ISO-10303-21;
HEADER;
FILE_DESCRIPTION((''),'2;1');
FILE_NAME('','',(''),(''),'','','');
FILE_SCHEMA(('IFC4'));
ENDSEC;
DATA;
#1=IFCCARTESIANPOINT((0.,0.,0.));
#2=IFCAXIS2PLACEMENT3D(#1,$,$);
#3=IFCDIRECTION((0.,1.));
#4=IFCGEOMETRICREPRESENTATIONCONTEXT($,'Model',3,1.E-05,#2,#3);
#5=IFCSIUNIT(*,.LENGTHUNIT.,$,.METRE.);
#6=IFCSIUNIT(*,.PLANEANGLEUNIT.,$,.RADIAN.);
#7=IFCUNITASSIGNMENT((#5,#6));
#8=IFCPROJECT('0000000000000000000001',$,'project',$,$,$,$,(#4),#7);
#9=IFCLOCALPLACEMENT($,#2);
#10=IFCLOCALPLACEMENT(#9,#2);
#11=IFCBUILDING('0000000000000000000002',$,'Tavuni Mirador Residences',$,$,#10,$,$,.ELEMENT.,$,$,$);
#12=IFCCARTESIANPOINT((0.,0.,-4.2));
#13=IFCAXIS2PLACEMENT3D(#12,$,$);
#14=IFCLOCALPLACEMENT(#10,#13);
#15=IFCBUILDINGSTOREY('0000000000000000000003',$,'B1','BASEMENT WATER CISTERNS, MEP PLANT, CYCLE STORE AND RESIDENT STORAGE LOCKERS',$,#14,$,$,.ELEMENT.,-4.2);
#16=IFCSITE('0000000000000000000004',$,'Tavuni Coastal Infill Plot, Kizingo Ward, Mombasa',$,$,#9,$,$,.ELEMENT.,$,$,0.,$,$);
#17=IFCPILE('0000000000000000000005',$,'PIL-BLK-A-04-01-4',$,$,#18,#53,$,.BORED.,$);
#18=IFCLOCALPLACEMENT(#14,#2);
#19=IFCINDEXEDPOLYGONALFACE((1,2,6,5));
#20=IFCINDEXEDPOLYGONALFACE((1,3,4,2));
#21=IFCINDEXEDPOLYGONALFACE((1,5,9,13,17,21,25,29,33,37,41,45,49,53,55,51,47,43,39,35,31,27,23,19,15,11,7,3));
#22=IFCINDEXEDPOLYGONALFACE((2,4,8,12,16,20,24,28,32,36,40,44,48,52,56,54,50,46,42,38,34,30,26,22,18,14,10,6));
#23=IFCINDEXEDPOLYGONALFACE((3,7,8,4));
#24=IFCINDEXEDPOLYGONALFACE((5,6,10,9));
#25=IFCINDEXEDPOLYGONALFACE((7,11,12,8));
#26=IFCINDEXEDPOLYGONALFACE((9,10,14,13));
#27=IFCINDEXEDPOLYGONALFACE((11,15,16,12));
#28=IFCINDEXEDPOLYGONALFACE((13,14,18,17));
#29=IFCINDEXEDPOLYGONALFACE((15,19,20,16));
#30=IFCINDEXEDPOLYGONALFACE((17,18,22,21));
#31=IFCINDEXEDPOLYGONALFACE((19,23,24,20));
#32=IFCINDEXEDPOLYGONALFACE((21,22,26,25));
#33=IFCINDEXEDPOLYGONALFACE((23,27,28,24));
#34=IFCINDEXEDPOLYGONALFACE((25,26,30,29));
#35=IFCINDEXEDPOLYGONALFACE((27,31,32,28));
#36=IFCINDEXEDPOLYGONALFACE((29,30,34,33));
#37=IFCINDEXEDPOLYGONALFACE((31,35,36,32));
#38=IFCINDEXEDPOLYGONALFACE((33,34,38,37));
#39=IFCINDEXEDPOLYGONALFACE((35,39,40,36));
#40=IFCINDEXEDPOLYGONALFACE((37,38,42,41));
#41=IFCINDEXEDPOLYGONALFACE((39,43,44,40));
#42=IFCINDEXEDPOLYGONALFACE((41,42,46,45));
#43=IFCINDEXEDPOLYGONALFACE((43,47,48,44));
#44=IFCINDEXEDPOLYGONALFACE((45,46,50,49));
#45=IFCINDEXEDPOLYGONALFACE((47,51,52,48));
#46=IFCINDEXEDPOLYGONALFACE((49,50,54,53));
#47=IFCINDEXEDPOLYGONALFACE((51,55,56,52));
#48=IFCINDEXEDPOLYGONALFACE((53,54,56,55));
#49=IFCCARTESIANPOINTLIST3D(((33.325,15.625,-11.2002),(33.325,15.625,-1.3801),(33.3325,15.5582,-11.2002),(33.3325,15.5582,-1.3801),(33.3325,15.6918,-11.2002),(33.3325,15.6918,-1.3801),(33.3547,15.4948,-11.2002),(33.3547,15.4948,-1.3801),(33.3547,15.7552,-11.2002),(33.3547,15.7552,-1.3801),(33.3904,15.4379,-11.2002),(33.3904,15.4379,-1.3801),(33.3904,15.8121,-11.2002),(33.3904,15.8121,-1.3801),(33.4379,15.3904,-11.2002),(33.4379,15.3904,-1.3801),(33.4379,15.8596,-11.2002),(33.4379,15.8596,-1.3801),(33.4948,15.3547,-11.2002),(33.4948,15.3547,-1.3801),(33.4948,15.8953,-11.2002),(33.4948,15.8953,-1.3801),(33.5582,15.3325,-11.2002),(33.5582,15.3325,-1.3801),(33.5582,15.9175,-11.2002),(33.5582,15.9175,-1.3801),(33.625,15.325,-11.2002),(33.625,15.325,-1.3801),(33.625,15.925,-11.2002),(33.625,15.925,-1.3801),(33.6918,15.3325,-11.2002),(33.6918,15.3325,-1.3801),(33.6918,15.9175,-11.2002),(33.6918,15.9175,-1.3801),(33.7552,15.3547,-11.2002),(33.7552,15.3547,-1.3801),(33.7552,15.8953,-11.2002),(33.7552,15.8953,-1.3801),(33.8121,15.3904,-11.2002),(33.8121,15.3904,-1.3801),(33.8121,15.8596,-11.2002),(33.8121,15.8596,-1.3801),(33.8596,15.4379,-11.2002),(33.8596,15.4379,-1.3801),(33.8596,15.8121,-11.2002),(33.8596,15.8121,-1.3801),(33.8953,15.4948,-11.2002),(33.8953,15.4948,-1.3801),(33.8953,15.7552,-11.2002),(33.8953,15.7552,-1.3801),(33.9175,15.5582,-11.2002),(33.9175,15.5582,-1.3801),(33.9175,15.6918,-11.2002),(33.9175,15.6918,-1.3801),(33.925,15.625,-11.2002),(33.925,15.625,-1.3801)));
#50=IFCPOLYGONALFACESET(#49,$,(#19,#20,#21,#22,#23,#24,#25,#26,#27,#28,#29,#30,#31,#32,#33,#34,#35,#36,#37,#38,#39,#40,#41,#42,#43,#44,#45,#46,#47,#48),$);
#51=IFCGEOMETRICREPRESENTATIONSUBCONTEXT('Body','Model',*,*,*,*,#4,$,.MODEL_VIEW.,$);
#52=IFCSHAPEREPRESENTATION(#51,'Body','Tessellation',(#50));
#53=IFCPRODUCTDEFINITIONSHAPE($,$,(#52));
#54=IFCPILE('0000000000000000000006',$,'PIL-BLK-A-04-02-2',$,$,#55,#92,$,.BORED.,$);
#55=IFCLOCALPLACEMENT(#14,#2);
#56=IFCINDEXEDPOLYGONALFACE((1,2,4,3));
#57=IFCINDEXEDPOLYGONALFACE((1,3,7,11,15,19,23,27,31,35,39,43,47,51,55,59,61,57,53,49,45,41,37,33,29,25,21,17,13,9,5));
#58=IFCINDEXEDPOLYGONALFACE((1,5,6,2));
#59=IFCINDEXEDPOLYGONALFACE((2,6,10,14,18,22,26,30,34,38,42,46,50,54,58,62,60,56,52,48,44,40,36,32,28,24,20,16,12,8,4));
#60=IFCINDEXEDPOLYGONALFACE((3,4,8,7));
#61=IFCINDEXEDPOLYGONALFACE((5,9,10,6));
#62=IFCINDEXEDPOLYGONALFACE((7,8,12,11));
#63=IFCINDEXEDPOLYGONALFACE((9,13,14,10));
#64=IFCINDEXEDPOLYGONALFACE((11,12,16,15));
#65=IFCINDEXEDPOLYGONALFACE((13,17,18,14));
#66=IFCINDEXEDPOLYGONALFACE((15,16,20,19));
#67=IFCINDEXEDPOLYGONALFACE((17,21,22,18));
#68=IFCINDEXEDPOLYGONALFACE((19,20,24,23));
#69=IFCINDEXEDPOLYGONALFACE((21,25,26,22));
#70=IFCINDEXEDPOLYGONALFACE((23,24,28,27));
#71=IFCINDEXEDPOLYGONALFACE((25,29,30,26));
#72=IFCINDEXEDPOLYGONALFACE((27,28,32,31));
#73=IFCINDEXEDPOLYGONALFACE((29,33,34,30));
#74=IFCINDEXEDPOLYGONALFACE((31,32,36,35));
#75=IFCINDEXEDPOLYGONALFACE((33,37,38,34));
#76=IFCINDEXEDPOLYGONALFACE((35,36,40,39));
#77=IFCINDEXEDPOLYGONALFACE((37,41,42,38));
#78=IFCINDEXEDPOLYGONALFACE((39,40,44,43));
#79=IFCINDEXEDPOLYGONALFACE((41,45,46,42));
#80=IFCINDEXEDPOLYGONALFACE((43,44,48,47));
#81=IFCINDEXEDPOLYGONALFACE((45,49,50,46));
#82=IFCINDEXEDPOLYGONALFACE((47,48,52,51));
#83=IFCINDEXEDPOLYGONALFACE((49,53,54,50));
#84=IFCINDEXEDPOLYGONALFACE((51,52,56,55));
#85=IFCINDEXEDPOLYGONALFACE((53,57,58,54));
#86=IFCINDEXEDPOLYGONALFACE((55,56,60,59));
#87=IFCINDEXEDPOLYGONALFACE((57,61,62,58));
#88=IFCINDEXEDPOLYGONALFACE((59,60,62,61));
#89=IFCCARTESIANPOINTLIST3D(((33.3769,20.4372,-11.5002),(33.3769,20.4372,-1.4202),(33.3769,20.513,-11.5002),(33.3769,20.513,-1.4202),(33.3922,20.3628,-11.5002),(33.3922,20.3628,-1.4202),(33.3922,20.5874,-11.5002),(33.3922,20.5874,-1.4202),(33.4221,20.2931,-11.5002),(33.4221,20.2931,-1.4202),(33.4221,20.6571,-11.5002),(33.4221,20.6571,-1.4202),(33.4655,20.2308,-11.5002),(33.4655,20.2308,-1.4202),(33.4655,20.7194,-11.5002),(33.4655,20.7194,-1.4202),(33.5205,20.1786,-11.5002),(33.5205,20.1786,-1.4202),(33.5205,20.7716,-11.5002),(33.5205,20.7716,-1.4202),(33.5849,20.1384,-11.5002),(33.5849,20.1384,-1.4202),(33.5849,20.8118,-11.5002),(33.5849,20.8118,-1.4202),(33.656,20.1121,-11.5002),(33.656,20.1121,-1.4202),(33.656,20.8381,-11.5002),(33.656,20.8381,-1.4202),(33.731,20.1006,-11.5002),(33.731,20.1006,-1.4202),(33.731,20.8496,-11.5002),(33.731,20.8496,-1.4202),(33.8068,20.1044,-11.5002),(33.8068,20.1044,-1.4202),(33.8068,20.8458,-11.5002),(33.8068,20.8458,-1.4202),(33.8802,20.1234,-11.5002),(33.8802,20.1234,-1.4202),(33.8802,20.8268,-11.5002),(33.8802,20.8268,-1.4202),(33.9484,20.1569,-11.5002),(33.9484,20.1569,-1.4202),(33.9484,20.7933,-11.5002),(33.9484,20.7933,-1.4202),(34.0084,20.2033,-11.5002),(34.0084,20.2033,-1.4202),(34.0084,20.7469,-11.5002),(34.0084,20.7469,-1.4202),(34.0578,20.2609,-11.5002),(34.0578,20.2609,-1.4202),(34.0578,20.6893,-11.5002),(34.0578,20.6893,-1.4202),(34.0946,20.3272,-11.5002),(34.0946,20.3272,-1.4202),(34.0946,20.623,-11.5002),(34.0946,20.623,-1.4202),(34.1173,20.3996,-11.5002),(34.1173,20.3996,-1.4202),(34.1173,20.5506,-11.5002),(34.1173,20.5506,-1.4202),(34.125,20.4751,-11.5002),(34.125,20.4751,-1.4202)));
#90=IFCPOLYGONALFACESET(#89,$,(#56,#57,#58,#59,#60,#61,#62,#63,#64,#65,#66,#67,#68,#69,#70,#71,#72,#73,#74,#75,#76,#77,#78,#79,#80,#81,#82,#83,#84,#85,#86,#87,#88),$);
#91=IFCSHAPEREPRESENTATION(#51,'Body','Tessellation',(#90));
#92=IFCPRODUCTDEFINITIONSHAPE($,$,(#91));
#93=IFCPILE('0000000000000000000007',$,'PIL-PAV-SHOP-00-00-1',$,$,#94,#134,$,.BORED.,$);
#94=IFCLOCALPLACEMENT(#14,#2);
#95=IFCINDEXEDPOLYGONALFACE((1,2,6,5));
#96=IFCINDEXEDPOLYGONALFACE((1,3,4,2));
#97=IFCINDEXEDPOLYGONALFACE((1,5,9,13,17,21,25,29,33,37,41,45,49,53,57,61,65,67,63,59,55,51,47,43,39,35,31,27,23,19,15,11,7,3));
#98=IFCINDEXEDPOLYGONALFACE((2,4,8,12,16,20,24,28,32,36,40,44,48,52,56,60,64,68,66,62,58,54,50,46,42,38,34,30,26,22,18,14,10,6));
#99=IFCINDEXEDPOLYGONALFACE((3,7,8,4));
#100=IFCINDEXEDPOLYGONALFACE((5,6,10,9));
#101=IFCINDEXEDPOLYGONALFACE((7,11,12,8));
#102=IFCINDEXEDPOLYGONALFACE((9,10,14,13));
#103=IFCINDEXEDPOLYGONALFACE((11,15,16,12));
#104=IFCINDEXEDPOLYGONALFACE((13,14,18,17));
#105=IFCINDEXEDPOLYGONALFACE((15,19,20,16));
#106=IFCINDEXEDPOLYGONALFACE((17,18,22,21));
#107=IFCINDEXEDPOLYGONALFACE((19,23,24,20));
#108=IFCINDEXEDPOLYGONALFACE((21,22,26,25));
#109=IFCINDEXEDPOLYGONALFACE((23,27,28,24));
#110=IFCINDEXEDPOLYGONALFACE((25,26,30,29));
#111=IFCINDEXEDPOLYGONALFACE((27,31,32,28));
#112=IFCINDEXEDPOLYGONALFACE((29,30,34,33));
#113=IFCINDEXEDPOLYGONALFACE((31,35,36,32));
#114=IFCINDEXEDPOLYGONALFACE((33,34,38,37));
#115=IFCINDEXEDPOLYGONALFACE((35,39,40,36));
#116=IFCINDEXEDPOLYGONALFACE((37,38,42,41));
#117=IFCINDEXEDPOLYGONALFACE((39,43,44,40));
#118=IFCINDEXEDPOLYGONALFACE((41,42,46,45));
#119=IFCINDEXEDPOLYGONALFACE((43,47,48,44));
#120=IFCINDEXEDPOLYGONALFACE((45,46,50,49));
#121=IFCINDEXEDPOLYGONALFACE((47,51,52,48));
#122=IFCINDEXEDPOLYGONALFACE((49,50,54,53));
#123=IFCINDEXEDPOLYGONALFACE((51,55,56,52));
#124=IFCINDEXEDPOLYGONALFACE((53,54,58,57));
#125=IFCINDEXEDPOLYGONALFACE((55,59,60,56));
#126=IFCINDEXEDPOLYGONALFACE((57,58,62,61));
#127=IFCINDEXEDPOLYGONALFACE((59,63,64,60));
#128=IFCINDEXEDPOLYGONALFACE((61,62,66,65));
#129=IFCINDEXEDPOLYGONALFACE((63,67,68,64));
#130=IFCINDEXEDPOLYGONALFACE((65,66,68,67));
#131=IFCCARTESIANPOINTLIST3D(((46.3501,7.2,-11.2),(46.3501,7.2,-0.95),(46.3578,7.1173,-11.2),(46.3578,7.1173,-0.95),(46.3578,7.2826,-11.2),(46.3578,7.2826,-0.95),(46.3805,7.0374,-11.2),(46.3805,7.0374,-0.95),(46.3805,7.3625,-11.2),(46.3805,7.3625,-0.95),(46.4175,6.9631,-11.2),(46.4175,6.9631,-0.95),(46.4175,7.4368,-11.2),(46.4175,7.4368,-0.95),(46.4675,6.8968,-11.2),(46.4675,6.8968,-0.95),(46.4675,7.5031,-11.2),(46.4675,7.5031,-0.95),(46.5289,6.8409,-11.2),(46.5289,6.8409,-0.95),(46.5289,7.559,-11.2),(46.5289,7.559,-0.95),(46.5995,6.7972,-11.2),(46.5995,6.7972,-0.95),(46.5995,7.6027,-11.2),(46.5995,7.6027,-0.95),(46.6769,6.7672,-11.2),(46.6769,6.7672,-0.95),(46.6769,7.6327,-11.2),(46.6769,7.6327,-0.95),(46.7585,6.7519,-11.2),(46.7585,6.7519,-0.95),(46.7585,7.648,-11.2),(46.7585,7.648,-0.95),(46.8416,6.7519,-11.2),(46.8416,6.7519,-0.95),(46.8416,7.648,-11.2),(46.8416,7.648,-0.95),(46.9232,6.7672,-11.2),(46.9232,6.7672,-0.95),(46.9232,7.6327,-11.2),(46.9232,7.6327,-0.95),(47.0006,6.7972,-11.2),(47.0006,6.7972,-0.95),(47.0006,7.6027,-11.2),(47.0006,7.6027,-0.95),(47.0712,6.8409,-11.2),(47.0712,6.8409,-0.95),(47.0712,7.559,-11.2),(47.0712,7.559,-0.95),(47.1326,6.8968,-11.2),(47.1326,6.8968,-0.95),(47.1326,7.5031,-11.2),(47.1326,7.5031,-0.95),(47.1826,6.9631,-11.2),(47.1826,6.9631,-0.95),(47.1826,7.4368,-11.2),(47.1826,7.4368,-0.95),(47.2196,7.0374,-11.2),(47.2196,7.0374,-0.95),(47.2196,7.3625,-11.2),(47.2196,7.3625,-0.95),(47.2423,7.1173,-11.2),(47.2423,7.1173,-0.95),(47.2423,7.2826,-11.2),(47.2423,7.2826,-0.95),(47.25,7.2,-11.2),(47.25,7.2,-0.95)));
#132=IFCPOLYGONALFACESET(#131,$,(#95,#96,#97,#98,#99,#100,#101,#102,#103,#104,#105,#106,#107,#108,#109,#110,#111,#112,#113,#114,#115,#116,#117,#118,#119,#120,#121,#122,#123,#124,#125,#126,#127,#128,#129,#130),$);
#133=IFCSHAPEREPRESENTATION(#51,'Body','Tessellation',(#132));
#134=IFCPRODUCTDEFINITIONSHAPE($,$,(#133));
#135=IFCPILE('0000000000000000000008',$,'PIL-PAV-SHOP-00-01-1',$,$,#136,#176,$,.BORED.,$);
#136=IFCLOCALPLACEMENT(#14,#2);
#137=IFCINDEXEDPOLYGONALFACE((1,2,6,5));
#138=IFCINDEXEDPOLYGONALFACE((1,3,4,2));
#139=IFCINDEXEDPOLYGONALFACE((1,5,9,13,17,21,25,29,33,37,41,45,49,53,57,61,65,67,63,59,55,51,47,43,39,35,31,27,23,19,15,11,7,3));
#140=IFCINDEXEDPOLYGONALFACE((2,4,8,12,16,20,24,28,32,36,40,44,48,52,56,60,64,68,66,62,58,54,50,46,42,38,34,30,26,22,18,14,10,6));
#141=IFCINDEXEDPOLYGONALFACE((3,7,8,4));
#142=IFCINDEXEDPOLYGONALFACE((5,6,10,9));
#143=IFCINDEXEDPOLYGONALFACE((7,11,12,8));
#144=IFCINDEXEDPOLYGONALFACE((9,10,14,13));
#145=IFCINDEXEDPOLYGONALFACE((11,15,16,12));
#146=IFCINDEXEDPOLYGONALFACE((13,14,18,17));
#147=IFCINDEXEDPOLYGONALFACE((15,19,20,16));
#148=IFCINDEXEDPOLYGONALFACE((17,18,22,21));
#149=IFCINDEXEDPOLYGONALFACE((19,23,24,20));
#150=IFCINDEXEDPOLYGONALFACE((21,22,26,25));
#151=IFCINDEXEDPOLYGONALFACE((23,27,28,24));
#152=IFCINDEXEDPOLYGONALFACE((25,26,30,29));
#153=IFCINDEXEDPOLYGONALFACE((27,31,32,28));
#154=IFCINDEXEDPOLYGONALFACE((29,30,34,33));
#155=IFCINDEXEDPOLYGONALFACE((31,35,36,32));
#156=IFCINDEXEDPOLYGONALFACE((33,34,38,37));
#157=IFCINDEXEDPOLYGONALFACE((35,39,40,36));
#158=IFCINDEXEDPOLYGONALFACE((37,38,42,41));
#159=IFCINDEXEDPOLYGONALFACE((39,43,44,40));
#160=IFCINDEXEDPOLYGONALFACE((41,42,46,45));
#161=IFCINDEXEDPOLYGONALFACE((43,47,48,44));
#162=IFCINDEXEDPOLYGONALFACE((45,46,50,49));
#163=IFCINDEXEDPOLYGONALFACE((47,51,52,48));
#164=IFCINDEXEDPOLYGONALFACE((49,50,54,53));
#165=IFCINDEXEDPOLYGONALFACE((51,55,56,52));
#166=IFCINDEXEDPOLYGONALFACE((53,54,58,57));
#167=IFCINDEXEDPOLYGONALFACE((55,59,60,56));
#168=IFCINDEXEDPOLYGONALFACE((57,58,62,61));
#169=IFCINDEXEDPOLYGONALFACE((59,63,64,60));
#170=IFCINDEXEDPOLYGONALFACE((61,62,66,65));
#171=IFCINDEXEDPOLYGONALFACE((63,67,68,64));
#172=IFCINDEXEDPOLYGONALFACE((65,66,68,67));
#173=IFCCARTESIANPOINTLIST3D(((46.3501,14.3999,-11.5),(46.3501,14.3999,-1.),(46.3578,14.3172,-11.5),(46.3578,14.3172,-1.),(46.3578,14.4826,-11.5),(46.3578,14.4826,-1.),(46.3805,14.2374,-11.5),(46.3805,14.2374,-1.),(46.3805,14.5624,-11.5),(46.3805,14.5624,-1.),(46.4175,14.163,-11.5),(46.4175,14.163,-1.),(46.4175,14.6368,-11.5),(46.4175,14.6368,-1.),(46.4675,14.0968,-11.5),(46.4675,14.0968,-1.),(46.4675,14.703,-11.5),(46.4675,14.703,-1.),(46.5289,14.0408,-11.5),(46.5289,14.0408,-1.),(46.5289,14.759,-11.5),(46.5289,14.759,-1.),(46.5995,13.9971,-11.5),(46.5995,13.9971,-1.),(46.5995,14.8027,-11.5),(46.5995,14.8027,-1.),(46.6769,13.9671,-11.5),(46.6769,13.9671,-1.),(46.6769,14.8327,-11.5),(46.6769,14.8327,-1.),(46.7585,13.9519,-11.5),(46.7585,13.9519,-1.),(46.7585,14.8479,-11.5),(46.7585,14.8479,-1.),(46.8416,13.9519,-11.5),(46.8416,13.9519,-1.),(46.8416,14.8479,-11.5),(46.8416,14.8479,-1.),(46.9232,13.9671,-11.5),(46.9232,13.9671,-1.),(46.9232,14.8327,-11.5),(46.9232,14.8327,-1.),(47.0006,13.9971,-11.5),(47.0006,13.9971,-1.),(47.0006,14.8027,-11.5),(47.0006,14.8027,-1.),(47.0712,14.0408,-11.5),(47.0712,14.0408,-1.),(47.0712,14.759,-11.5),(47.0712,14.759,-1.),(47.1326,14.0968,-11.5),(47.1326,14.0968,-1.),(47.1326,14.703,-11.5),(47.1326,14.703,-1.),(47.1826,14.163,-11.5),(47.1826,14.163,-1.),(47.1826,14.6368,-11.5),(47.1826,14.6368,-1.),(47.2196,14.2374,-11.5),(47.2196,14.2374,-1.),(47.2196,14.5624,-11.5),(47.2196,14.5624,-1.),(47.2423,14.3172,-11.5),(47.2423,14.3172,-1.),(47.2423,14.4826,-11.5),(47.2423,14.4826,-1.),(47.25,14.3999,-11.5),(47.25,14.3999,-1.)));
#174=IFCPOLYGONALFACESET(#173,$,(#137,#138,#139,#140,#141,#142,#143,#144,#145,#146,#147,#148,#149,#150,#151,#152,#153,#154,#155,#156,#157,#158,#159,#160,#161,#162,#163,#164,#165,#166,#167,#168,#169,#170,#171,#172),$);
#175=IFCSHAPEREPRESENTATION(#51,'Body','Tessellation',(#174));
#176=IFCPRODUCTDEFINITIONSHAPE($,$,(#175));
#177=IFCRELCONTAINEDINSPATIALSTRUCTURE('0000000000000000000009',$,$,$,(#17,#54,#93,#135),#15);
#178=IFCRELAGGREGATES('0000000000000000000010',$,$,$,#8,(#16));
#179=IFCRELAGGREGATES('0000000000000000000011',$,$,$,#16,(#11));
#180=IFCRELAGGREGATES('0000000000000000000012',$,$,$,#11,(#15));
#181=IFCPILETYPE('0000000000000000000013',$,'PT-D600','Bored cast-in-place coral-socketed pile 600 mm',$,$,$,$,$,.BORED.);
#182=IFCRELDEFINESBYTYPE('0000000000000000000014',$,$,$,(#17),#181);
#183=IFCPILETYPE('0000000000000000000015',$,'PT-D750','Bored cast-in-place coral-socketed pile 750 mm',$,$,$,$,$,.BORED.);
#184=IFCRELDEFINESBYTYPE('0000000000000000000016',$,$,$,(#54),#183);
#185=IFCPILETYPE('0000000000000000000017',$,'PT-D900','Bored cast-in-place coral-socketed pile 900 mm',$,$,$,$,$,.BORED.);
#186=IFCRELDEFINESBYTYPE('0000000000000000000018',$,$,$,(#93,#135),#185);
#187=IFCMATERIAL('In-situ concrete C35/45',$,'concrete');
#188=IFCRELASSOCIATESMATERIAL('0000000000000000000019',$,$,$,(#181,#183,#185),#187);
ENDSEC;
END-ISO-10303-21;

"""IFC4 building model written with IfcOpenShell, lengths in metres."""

from ifc_helpers import new_model, si_unit, direction, frame, origin, origin_2d, place, context, subcontext, project, spatial, circle, extrude, material, material_profile, profile_set, type_object, element, save


model = new_model("IFC4")

# Units and contexts
model_context = context("Model", 3, precision=1e-05, world=origin(), true_north=direction((0.0, 1.0)))
body_context = subcontext(model_context, "Body", "Model", "MODEL_VIEW")
ifc_project = project(units=[si_unit("LENGTHUNIT", "METRE"), si_unit("PLANEANGLEUNIT", "RADIAN")], contexts=[model_context])

# Site, building, storey
site_placement = place(None, origin())
site = spatial("IfcSite", under=ifc_project, at=site_placement, Name="Tavuni Coastal Infill Plot, Kizingo Ward, Mombasa", CompositionType="ELEMENT", RefElevation=0.0)
building_placement = place(site_placement, origin())
building = spatial("IfcBuilding", under=site, at=building_placement, Name="Tavuni Mirador Residences", CompositionType="ELEMENT")
storey_placement = place(building_placement, frame((0.0, 0.0, -4.2)))
storey = spatial("IfcBuildingStorey", under=building, at=storey_placement, Name="B1", Description="BASEMENT WATER CISTERNS, MEP PLANT, CYCLE STORE AND RESIDENT STORAGE LOCKERS", CompositionType="ELEMENT", Elevation=-4.2)

# Shared definitions
ifc_material_1 = material(Name="In-situ concrete C35/45", Category="concrete")

# Piles
ifc_material_profile_1 = material_profile(ifc_material_1, circle(Radius=0.3, at=origin_2d()), Name="PILE D600", Category="concrete")
ifc_profile_set_1 = profile_set([ifc_material_profile_1], Name="In-situ concrete C35/45")
pile_type_1 = type_object("IfcPileType", Name="PT-D600", Description="Bored cast-in-place coral-socketed pile 600 mm", PredefinedType="BORED", material=ifc_profile_set_1)
for number, where, z_axis, x_axis, name in (
    (1, (33.625, 15.625, -1.3801), (0.0, 0.0, -1.0), (1.0, 0.0, 0.0), "PIL-BLK-A-04-01-4"),
):
    element("IfcPile", number, at=place(storey_placement, frame(where, z_axis=z_axis, x_axis=x_axis)), inside=storey, type_object=pile_type_1, Name=name, PredefinedType="BORED", context=body_context, shape_type="SweptSolid", body=[
        extrude(circle(Radius=0.3, at=origin_2d()), origin(), (0.0, 0.0, 1.0), 9.8201),
    ])
ifc_material_profile_2 = material_profile(ifc_material_1, circle(Radius=0.375, at=origin_2d()), Name="PILE D750", Category="concrete")
ifc_profile_set_2 = profile_set([ifc_material_profile_2], Name="In-situ concrete C35/45")
pile_type_2 = type_object("IfcPileType", Name="PT-D750", Description="Bored cast-in-place coral-socketed pile 750 mm", PredefinedType="BORED", material=ifc_profile_set_2)
pile_1_placement = place(storey_placement, frame((33.75, 20.4751, -1.4202), z_axis=(0.0, 0.0, -1.0), x_axis=(1.0, 0.0, 0.0)))
element("IfcPile", 2, at=pile_1_placement, inside=storey, type_object=pile_type_2, Name="PIL-BLK-A-04-02-2", PredefinedType="BORED", context=body_context, shape_type="SweptSolid", body=[
    extrude(circle(Radius=0.375, at=origin_2d()), origin(), (0.0, 0.0, 1.0), 10.0801),
])
ifc_material_profile_3 = material_profile(ifc_material_1, circle(Radius=0.45, at=origin_2d()), Name="PILE D900", Category="concrete")
ifc_profile_set_3 = profile_set([ifc_material_profile_3], Name="In-situ concrete C35/45")
pile_type_3 = type_object("IfcPileType", Name="PT-D900", Description="Bored cast-in-place coral-socketed pile 900 mm", PredefinedType="BORED", material=ifc_profile_set_3)
pile_2_placement = place(storey_placement, frame((46.8, 7.2, -0.95), z_axis=(0.0, 0.0, -1.0), x_axis=(1.0, 0.0, 0.0)))
element("IfcPile", 3, at=pile_2_placement, inside=storey, type_object=pile_type_3, Name="PIL-PAV-SHOP-00-00-1", PredefinedType="BORED", context=body_context, shape_type="SweptSolid", body=[
    extrude(circle(Radius=0.45, at=origin_2d()), origin(), (0.0, 0.0, 1.0), 10.25),
])
pile_3_placement = place(storey_placement, frame((46.8, 14.3999, -1.0), z_axis=(0.0, 0.0, -1.0), x_axis=(1.0, 0.0, 0.0)))
element("IfcPile", 4, at=pile_3_placement, inside=storey, type_object=pile_type_3, Name="PIL-PAV-SHOP-00-01-1", PredefinedType="BORED", context=body_context, shape_type="SweptSolid", body=[
    extrude(circle(Radius=0.45, at=origin_2d()), origin(), (0.0, 0.0, 1.0), 10.5),
])

save(model, "model.ifc")
